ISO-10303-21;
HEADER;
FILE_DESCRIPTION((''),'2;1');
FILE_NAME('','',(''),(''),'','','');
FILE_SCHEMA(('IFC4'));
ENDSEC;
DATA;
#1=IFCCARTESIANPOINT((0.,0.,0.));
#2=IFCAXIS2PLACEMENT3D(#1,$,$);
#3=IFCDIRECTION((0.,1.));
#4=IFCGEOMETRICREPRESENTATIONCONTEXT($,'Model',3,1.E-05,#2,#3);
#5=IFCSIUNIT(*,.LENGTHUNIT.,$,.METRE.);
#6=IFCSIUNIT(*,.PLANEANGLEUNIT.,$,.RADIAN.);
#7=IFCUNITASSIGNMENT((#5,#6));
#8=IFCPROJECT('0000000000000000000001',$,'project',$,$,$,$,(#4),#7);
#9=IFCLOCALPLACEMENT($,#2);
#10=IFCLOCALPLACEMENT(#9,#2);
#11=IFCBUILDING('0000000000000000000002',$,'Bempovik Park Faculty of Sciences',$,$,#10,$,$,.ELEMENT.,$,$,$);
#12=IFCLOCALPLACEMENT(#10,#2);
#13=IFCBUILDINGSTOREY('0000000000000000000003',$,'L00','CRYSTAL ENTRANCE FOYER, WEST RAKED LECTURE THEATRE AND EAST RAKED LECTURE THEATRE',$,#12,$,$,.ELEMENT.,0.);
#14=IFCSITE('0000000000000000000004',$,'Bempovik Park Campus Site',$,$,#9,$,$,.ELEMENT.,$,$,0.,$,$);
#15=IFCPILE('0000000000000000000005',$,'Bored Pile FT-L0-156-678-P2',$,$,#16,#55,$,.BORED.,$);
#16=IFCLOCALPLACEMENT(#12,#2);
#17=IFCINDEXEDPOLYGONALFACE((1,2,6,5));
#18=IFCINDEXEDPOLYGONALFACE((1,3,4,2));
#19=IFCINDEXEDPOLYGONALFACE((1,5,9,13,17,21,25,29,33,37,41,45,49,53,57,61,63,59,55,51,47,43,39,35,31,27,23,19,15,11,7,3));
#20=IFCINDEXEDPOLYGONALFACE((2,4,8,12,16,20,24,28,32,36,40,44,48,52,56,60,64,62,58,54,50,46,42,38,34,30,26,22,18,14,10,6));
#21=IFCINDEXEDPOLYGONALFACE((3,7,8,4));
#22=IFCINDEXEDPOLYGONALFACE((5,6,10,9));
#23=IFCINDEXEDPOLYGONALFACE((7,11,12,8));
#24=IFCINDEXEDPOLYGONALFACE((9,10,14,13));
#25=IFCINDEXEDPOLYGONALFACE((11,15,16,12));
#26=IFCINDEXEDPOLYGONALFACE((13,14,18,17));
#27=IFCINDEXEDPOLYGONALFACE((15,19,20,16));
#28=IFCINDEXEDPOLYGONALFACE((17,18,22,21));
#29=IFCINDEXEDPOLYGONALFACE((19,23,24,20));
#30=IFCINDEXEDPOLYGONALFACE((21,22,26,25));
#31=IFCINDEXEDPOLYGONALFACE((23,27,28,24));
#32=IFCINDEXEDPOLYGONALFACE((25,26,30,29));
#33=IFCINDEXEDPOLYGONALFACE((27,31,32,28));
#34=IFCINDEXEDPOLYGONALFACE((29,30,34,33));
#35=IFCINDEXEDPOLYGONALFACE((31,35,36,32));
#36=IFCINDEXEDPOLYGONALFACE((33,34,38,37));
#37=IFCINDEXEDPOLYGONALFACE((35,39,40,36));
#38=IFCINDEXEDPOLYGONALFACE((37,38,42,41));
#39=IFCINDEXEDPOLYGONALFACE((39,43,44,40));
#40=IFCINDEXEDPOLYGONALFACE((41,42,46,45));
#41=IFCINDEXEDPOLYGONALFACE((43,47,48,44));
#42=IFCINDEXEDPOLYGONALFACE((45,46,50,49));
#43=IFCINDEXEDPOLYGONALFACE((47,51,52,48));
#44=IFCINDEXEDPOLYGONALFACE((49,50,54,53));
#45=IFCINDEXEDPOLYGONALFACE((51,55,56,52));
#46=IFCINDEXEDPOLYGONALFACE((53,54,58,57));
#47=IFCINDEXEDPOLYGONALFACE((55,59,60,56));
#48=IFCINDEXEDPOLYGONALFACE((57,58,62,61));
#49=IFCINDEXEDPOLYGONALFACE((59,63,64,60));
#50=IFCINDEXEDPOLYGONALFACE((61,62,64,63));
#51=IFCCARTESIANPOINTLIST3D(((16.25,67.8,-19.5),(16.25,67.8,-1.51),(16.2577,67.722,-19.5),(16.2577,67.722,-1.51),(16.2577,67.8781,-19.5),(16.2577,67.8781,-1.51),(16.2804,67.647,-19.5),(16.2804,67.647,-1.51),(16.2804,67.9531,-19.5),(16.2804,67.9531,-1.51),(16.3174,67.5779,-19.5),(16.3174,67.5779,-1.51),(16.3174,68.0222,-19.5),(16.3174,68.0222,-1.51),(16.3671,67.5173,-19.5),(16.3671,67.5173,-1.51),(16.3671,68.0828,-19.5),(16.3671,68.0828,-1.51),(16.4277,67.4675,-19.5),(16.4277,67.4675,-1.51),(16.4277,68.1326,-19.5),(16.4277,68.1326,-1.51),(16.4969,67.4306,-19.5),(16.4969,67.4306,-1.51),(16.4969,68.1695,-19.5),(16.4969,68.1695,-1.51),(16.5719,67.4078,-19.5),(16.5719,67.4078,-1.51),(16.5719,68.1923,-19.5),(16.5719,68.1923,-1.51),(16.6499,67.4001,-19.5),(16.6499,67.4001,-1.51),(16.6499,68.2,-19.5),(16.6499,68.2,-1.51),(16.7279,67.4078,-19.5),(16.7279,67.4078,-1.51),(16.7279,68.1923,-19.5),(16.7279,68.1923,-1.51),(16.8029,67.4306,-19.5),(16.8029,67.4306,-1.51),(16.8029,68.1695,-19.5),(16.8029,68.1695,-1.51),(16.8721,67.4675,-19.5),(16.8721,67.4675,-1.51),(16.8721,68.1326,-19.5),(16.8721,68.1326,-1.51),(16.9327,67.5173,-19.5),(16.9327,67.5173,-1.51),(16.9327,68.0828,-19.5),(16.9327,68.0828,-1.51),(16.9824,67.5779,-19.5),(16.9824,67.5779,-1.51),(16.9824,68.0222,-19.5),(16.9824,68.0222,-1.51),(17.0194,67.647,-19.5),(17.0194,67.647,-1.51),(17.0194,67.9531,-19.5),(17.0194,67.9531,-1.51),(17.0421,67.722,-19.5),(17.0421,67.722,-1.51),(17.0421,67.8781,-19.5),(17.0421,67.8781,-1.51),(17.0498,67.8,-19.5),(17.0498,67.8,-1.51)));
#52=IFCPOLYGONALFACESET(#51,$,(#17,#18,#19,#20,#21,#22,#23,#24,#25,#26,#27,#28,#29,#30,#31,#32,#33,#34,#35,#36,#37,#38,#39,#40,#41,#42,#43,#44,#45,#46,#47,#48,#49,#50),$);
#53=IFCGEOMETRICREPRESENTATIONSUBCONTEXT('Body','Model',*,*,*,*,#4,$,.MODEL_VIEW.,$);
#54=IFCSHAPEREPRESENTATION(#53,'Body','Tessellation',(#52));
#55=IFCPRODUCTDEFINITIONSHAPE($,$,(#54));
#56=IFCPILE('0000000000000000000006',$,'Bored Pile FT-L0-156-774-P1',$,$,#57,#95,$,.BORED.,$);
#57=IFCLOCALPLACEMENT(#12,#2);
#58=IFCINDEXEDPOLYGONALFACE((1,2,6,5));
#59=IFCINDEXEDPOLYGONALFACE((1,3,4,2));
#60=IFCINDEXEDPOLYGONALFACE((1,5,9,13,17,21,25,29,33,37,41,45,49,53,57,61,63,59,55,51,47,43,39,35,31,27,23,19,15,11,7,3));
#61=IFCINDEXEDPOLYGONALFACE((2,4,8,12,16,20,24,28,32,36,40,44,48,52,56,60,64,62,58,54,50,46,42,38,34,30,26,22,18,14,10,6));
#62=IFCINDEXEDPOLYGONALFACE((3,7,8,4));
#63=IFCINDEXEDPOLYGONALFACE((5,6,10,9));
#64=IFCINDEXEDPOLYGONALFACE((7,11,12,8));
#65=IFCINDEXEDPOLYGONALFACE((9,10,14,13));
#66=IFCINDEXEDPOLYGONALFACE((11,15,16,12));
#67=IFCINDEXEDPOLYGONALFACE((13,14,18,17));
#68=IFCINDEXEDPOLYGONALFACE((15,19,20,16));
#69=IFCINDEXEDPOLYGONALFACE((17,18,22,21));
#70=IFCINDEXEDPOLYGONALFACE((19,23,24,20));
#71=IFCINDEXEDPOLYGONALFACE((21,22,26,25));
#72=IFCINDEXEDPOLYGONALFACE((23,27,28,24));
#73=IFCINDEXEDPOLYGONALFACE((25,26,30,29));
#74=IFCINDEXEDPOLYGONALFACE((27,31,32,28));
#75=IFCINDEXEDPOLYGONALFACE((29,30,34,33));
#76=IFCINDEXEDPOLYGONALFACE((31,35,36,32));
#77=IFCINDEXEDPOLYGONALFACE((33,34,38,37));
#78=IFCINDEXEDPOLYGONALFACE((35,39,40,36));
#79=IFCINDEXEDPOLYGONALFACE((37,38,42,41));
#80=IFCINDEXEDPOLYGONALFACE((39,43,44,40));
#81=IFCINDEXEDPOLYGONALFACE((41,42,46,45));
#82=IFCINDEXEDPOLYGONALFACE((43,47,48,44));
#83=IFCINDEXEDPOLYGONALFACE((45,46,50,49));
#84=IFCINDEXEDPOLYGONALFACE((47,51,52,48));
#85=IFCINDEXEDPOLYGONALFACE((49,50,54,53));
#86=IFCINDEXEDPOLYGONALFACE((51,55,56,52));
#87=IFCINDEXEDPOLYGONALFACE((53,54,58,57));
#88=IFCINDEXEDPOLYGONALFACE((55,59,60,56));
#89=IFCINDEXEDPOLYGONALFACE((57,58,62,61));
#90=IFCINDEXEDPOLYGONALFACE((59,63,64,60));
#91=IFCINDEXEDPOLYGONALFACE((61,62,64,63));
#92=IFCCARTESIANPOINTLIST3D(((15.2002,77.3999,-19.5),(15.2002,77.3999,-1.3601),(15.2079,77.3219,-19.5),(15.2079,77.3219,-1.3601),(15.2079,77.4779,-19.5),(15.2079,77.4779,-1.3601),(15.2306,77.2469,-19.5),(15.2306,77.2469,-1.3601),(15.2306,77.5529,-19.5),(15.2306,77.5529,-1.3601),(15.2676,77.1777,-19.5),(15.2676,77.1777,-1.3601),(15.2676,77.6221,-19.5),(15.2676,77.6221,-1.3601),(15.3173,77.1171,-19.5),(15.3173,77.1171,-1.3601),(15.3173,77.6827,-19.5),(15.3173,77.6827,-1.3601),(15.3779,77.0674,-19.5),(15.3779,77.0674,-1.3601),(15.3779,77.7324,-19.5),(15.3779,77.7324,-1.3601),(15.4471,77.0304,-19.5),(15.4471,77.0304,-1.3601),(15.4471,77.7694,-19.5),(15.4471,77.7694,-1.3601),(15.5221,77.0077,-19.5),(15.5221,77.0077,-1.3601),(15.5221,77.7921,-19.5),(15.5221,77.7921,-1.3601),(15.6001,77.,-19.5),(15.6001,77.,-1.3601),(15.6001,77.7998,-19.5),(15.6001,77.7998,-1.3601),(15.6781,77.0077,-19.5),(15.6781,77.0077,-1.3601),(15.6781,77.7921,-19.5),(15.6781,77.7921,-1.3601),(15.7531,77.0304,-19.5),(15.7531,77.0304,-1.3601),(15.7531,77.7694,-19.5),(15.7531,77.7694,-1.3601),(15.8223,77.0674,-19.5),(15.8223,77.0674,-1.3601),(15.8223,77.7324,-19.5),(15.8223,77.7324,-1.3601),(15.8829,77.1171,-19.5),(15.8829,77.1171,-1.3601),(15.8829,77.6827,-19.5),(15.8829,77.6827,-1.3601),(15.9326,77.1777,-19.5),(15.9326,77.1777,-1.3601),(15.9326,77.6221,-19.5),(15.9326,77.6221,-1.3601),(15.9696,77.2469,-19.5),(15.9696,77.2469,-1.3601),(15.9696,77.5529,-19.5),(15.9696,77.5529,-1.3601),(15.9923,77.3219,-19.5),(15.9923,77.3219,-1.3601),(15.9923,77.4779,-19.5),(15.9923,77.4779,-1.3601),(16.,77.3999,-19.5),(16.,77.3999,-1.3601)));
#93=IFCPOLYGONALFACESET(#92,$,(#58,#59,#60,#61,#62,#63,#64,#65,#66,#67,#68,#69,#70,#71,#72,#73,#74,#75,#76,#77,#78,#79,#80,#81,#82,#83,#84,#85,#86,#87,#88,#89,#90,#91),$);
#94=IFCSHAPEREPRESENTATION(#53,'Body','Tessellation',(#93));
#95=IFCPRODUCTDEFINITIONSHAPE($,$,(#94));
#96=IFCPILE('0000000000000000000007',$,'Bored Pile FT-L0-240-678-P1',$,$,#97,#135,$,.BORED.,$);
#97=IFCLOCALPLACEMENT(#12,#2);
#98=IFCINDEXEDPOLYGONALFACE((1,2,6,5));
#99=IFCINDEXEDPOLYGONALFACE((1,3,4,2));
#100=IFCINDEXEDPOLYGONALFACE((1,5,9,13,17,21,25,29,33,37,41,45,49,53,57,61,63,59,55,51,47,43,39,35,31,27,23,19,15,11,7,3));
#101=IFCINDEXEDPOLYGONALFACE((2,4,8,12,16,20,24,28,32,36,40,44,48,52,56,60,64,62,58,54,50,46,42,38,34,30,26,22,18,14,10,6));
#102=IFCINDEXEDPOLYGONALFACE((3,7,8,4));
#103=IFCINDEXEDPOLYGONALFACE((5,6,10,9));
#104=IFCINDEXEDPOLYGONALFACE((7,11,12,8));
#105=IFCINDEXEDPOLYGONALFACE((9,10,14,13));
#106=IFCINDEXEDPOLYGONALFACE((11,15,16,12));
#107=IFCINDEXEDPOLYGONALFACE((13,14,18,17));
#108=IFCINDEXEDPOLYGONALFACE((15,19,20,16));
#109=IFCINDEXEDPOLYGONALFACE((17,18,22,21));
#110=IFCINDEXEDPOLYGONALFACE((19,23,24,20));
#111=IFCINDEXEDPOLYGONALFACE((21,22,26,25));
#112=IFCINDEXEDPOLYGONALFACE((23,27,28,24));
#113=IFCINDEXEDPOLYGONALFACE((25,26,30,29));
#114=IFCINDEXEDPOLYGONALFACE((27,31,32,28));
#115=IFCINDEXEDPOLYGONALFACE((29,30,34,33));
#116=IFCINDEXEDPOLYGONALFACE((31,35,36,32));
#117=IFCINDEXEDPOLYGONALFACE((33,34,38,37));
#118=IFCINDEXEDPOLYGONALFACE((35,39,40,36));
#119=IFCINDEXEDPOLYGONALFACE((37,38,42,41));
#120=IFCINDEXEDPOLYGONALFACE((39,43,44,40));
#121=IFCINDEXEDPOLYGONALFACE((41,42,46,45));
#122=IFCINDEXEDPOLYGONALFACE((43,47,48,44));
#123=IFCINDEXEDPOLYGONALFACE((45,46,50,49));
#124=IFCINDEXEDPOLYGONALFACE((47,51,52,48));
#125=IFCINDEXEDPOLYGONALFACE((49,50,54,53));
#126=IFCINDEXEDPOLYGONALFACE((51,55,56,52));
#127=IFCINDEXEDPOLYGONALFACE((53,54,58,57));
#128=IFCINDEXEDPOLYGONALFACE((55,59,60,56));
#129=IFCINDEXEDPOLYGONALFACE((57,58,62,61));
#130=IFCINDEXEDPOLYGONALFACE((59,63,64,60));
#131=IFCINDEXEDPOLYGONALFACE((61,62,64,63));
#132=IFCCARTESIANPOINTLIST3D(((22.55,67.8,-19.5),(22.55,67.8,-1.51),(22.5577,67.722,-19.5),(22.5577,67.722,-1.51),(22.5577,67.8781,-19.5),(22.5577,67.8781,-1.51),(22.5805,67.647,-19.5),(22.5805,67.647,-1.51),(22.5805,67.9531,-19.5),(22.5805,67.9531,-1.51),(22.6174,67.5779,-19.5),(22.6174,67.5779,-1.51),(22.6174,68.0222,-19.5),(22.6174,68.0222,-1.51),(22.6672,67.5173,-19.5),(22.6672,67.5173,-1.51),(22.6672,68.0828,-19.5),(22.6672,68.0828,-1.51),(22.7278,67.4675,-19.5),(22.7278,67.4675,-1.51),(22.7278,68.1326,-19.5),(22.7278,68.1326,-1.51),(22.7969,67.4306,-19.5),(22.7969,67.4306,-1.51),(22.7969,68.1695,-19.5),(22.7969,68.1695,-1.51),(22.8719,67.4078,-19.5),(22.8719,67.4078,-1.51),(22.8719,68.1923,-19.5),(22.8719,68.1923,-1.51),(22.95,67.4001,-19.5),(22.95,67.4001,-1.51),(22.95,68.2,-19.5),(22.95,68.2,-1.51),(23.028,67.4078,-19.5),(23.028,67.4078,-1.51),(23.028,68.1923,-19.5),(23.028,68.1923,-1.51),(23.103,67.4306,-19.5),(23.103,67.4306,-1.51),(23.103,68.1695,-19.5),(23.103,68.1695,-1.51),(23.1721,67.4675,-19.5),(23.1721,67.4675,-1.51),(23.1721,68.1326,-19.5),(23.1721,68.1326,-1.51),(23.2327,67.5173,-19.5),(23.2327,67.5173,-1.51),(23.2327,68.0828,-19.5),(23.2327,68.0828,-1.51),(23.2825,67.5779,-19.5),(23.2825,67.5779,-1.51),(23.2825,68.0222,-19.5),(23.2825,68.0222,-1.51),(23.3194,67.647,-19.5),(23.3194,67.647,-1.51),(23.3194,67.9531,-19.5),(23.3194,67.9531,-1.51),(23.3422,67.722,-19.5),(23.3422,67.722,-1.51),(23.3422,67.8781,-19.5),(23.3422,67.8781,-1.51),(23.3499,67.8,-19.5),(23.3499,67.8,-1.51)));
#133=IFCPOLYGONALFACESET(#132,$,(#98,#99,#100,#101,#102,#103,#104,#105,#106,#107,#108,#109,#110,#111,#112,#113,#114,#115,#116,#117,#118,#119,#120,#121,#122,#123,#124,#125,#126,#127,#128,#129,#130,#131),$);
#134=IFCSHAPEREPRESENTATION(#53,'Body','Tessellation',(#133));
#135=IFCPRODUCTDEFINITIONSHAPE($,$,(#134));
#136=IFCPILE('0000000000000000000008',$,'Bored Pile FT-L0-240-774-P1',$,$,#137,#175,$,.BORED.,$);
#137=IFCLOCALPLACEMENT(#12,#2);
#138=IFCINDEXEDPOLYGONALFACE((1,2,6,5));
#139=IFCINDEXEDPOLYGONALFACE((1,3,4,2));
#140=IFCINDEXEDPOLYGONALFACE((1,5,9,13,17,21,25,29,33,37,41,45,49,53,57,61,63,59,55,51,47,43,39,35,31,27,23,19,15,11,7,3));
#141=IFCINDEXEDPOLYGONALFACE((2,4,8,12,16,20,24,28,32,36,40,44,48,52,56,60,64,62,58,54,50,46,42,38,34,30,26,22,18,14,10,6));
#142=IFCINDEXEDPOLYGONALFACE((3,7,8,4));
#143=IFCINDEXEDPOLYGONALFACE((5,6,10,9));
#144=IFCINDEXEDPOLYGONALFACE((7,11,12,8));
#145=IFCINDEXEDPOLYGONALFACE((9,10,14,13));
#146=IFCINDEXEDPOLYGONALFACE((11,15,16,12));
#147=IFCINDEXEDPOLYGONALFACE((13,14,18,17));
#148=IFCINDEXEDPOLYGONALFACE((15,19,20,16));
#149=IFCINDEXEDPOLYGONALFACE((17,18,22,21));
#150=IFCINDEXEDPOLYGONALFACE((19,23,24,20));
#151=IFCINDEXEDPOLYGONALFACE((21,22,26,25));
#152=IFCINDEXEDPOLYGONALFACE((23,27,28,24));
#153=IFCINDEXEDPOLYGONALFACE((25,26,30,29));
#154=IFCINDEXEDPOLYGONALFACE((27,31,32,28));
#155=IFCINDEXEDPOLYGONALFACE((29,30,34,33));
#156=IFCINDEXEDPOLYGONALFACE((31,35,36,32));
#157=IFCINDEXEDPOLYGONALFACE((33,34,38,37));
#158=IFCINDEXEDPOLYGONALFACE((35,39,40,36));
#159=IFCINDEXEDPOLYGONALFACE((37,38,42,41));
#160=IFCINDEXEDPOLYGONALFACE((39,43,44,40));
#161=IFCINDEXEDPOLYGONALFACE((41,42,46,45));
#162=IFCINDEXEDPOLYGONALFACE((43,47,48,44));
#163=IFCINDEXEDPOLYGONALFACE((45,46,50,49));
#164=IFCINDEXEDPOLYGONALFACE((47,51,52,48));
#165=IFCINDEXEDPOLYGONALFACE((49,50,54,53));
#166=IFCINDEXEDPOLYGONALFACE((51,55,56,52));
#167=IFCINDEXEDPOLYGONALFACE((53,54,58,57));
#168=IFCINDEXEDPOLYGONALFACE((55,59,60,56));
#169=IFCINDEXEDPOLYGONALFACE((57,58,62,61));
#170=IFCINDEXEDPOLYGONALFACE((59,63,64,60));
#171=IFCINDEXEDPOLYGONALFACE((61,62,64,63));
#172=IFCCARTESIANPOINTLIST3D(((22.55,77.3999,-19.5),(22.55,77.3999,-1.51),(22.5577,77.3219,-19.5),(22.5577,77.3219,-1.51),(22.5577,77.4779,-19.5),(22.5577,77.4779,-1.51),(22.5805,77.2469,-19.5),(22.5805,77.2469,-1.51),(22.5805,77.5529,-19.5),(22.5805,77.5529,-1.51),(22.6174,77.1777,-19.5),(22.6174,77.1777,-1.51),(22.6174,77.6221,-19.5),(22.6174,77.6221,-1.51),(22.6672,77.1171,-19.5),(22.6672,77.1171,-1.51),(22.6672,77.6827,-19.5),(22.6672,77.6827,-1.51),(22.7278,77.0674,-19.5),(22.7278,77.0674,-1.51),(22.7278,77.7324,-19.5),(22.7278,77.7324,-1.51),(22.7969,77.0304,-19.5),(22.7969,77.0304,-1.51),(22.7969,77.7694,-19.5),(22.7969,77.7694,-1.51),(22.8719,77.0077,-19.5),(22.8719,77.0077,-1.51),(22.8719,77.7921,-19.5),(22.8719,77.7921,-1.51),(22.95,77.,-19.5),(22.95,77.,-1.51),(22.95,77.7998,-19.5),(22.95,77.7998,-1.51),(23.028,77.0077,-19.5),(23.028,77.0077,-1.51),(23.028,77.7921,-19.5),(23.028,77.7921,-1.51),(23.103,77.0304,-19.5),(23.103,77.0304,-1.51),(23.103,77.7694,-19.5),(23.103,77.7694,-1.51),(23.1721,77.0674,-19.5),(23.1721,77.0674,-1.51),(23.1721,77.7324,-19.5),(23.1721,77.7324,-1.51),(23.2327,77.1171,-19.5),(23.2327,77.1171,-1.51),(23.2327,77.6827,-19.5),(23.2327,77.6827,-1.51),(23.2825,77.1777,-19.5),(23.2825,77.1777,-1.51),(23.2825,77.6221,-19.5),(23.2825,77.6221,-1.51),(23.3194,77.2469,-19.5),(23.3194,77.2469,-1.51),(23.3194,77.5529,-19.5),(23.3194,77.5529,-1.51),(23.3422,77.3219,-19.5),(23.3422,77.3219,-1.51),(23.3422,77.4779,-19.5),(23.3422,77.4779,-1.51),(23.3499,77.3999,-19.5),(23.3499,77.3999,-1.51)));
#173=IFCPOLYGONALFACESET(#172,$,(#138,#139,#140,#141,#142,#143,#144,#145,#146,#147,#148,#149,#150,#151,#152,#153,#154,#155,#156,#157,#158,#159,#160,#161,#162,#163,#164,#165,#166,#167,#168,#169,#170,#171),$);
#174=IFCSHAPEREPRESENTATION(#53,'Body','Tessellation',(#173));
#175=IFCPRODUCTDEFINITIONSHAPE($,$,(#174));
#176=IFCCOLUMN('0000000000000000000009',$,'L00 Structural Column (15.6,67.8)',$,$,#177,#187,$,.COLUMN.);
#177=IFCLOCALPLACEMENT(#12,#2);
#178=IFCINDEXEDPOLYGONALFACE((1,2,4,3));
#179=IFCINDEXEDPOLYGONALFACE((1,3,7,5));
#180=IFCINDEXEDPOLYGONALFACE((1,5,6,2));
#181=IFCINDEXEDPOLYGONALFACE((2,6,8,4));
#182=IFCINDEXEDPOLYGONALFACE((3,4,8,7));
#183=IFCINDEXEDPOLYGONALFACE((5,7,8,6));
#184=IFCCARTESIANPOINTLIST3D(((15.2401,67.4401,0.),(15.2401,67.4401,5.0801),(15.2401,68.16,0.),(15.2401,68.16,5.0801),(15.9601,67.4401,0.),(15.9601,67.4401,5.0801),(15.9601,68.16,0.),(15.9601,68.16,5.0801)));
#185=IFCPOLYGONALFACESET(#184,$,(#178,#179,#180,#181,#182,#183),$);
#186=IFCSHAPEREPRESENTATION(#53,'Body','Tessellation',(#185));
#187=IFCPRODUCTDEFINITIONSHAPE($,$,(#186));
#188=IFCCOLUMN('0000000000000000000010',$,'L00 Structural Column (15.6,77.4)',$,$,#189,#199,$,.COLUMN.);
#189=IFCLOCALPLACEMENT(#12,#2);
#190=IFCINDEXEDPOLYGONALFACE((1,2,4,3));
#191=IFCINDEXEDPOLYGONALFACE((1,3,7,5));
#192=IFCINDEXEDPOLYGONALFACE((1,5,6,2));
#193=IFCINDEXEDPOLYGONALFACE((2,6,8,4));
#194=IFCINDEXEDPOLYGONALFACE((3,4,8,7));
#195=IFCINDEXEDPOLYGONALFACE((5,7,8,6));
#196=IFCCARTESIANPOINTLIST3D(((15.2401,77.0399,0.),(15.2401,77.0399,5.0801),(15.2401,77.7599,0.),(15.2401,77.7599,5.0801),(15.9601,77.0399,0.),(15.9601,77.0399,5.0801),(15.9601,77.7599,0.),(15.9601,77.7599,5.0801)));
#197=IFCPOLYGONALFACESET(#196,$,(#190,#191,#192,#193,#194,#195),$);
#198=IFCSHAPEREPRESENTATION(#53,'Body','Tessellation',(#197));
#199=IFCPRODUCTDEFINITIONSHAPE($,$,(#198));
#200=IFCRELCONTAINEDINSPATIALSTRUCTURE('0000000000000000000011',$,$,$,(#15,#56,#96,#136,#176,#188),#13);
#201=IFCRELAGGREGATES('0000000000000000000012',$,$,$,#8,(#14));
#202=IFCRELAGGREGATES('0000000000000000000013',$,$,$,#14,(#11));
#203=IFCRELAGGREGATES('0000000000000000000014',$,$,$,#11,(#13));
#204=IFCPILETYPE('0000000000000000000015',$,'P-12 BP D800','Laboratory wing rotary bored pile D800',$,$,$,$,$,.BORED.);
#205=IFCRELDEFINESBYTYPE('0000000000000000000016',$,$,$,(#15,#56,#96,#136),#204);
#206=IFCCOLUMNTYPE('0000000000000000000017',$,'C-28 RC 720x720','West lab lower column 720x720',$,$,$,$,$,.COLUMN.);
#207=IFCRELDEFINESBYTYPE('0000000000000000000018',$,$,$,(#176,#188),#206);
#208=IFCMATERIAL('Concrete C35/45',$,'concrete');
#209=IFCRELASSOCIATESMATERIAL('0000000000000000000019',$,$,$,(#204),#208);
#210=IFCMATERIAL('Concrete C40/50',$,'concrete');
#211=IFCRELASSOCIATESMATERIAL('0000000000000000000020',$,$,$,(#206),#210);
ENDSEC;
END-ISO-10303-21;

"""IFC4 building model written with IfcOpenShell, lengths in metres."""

from ifc_helpers import new_model, si_unit, direction, frame, origin, origin_2d, place, context, subcontext, project, spatial, rectangle, circle, extrude, material, material_profile, profile_set, type_object, element, save


model = new_model("IFC4")

# Units and contexts
model_context = context("Model", 3, precision=1e-05, world=origin(), true_north=direction((0.0, 1.0)))
body_context = subcontext(model_context, "Body", "Model", "MODEL_VIEW")
ifc_project = project(units=[si_unit("LENGTHUNIT", "METRE"), si_unit("PLANEANGLEUNIT", "RADIAN")], contexts=[model_context])

# Site, building, storey
site_placement = place(None, origin())
site = spatial("IfcSite", under=ifc_project, at=site_placement, Name="Bempovik Park Campus Site", CompositionType="ELEMENT", RefElevation=0.0)
building_placement = place(site_placement, origin())
building = spatial("IfcBuilding", under=site, at=building_placement, Name="Bempovik Park Faculty of Sciences", CompositionType="ELEMENT")
storey_placement = place(building_placement, origin())
storey = spatial("IfcBuildingStorey", under=building, at=storey_placement, Name="L00", Description="CRYSTAL ENTRANCE FOYER, WEST RAKED LECTURE THEATRE AND EAST RAKED LECTURE THEATRE", CompositionType="ELEMENT", Elevation=0.0)

# Shared definitions
ifc_material_1 = material(Name="Concrete C35/45", Category="concrete")

# Piles
ifc_material_profile_1 = material_profile(ifc_material_1, circle(Radius=0.3999, at=origin_2d()), Name="BP D800")
ifc_profile_set_1 = profile_set([ifc_material_profile_1], Name="Concrete C35/45")
pile_type = type_object("IfcPileType", Name="P-12 BP D800", Description="Laboratory wing rotary bored pile D800", PredefinedType="BORED", material=ifc_profile_set_1)
for number, where, z_axis, x_axis, name in (
    (1, (16.6499, 67.8, -1.51), (0.0, 0.0, -1.0), (1.0, 0.0, 0.0), "Bored Pile FT-L0-156-678-P2"),
):
    element("IfcPile", number, at=place(storey_placement, frame(where, z_axis=z_axis, x_axis=x_axis)), inside=storey, type_object=pile_type, Name=name, PredefinedType="BORED", context=body_context, shape_type="SweptSolid", body=[
        extrude(circle(Radius=0.3999, at=origin_2d()), origin(), (0.0, 0.0, 1.0), 17.99),
    ])
pile_placement = place(storey_placement, frame((15.6001, 77.3999, -1.3601), z_axis=(0.0, 0.0, -1.0), x_axis=(1.0, 0.0, 0.0)))
element("IfcPile", 2, at=pile_placement, inside=storey, type_object=pile_type, Name="Bored Pile FT-L0-156-774-P1", PredefinedType="BORED", context=body_context, shape_type="SweptSolid", body=[
    extrude(circle(Radius=0.3999, at=origin_2d()), origin(), (0.0, 0.0, 1.0), 18.1399),
])
for number, where, z_axis, x_axis, name in (
    (3, (22.95, 67.8, -1.51), (0.0, 0.0, -1.0), (1.0, 0.0, 0.0), "Bored Pile FT-L0-240-678-P1"),
    (4, (22.95, 77.3999, -1.51), (0.0, 0.0, -1.0), (1.0, 0.0, 0.0), "Bored Pile FT-L0-240-774-P1"),
):
    element("IfcPile", number, at=place(storey_placement, frame(where, z_axis=z_axis, x_axis=x_axis)), inside=storey, type_object=pile_type, Name=name, PredefinedType="BORED", context=body_context, shape_type="SweptSolid", body=[
        extrude(circle(Radius=0.3999, at=origin_2d()), origin(), (0.0, 0.0, 1.0), 17.99),
    ])

# Columns
ifc_material_2 = material(Name="Concrete C40/50", Category="concrete")
ifc_material_profile_2 = material_profile(ifc_material_2, rectangle(XDim=0.72, YDim=0.72, at=origin_2d()), Name="RC 720x720")
ifc_profile_set_2 = profile_set([ifc_material_profile_2], Name="Concrete C40/50")
column_type = type_object("IfcColumnType", Name="C-28 RC 720x720", Description="West lab lower column 720x720", PredefinedType="COLUMN", material=ifc_profile_set_2)
for number, where, z_axis, x_axis, name in (
    (5, (15.6001, 67.8, 0.0), (0.0, 0.0, 1.0), (1.0, 0.0, 0.0), "L00 Structural Column (15.6,67.8)"),
    (6, (15.6001, 77.3999, 0.0), (0.0, 0.0, 1.0), (1.0, 0.0, 0.0), "L00 Structural Column (15.6,77.4)"),
):
    element("IfcColumn", number, at=place(storey_placement, frame(where, z_axis=z_axis, x_axis=x_axis)), inside=storey, type_object=column_type, Name=name, PredefinedType="COLUMN", context=body_context, shape_type="SweptSolid", body=[
        extrude(rectangle(XDim=0.72, YDim=0.72, at=origin_2d()), origin(), (0.0, 0.0, 1.0), 5.0801),
    ])

save(model, "model.ifc")
